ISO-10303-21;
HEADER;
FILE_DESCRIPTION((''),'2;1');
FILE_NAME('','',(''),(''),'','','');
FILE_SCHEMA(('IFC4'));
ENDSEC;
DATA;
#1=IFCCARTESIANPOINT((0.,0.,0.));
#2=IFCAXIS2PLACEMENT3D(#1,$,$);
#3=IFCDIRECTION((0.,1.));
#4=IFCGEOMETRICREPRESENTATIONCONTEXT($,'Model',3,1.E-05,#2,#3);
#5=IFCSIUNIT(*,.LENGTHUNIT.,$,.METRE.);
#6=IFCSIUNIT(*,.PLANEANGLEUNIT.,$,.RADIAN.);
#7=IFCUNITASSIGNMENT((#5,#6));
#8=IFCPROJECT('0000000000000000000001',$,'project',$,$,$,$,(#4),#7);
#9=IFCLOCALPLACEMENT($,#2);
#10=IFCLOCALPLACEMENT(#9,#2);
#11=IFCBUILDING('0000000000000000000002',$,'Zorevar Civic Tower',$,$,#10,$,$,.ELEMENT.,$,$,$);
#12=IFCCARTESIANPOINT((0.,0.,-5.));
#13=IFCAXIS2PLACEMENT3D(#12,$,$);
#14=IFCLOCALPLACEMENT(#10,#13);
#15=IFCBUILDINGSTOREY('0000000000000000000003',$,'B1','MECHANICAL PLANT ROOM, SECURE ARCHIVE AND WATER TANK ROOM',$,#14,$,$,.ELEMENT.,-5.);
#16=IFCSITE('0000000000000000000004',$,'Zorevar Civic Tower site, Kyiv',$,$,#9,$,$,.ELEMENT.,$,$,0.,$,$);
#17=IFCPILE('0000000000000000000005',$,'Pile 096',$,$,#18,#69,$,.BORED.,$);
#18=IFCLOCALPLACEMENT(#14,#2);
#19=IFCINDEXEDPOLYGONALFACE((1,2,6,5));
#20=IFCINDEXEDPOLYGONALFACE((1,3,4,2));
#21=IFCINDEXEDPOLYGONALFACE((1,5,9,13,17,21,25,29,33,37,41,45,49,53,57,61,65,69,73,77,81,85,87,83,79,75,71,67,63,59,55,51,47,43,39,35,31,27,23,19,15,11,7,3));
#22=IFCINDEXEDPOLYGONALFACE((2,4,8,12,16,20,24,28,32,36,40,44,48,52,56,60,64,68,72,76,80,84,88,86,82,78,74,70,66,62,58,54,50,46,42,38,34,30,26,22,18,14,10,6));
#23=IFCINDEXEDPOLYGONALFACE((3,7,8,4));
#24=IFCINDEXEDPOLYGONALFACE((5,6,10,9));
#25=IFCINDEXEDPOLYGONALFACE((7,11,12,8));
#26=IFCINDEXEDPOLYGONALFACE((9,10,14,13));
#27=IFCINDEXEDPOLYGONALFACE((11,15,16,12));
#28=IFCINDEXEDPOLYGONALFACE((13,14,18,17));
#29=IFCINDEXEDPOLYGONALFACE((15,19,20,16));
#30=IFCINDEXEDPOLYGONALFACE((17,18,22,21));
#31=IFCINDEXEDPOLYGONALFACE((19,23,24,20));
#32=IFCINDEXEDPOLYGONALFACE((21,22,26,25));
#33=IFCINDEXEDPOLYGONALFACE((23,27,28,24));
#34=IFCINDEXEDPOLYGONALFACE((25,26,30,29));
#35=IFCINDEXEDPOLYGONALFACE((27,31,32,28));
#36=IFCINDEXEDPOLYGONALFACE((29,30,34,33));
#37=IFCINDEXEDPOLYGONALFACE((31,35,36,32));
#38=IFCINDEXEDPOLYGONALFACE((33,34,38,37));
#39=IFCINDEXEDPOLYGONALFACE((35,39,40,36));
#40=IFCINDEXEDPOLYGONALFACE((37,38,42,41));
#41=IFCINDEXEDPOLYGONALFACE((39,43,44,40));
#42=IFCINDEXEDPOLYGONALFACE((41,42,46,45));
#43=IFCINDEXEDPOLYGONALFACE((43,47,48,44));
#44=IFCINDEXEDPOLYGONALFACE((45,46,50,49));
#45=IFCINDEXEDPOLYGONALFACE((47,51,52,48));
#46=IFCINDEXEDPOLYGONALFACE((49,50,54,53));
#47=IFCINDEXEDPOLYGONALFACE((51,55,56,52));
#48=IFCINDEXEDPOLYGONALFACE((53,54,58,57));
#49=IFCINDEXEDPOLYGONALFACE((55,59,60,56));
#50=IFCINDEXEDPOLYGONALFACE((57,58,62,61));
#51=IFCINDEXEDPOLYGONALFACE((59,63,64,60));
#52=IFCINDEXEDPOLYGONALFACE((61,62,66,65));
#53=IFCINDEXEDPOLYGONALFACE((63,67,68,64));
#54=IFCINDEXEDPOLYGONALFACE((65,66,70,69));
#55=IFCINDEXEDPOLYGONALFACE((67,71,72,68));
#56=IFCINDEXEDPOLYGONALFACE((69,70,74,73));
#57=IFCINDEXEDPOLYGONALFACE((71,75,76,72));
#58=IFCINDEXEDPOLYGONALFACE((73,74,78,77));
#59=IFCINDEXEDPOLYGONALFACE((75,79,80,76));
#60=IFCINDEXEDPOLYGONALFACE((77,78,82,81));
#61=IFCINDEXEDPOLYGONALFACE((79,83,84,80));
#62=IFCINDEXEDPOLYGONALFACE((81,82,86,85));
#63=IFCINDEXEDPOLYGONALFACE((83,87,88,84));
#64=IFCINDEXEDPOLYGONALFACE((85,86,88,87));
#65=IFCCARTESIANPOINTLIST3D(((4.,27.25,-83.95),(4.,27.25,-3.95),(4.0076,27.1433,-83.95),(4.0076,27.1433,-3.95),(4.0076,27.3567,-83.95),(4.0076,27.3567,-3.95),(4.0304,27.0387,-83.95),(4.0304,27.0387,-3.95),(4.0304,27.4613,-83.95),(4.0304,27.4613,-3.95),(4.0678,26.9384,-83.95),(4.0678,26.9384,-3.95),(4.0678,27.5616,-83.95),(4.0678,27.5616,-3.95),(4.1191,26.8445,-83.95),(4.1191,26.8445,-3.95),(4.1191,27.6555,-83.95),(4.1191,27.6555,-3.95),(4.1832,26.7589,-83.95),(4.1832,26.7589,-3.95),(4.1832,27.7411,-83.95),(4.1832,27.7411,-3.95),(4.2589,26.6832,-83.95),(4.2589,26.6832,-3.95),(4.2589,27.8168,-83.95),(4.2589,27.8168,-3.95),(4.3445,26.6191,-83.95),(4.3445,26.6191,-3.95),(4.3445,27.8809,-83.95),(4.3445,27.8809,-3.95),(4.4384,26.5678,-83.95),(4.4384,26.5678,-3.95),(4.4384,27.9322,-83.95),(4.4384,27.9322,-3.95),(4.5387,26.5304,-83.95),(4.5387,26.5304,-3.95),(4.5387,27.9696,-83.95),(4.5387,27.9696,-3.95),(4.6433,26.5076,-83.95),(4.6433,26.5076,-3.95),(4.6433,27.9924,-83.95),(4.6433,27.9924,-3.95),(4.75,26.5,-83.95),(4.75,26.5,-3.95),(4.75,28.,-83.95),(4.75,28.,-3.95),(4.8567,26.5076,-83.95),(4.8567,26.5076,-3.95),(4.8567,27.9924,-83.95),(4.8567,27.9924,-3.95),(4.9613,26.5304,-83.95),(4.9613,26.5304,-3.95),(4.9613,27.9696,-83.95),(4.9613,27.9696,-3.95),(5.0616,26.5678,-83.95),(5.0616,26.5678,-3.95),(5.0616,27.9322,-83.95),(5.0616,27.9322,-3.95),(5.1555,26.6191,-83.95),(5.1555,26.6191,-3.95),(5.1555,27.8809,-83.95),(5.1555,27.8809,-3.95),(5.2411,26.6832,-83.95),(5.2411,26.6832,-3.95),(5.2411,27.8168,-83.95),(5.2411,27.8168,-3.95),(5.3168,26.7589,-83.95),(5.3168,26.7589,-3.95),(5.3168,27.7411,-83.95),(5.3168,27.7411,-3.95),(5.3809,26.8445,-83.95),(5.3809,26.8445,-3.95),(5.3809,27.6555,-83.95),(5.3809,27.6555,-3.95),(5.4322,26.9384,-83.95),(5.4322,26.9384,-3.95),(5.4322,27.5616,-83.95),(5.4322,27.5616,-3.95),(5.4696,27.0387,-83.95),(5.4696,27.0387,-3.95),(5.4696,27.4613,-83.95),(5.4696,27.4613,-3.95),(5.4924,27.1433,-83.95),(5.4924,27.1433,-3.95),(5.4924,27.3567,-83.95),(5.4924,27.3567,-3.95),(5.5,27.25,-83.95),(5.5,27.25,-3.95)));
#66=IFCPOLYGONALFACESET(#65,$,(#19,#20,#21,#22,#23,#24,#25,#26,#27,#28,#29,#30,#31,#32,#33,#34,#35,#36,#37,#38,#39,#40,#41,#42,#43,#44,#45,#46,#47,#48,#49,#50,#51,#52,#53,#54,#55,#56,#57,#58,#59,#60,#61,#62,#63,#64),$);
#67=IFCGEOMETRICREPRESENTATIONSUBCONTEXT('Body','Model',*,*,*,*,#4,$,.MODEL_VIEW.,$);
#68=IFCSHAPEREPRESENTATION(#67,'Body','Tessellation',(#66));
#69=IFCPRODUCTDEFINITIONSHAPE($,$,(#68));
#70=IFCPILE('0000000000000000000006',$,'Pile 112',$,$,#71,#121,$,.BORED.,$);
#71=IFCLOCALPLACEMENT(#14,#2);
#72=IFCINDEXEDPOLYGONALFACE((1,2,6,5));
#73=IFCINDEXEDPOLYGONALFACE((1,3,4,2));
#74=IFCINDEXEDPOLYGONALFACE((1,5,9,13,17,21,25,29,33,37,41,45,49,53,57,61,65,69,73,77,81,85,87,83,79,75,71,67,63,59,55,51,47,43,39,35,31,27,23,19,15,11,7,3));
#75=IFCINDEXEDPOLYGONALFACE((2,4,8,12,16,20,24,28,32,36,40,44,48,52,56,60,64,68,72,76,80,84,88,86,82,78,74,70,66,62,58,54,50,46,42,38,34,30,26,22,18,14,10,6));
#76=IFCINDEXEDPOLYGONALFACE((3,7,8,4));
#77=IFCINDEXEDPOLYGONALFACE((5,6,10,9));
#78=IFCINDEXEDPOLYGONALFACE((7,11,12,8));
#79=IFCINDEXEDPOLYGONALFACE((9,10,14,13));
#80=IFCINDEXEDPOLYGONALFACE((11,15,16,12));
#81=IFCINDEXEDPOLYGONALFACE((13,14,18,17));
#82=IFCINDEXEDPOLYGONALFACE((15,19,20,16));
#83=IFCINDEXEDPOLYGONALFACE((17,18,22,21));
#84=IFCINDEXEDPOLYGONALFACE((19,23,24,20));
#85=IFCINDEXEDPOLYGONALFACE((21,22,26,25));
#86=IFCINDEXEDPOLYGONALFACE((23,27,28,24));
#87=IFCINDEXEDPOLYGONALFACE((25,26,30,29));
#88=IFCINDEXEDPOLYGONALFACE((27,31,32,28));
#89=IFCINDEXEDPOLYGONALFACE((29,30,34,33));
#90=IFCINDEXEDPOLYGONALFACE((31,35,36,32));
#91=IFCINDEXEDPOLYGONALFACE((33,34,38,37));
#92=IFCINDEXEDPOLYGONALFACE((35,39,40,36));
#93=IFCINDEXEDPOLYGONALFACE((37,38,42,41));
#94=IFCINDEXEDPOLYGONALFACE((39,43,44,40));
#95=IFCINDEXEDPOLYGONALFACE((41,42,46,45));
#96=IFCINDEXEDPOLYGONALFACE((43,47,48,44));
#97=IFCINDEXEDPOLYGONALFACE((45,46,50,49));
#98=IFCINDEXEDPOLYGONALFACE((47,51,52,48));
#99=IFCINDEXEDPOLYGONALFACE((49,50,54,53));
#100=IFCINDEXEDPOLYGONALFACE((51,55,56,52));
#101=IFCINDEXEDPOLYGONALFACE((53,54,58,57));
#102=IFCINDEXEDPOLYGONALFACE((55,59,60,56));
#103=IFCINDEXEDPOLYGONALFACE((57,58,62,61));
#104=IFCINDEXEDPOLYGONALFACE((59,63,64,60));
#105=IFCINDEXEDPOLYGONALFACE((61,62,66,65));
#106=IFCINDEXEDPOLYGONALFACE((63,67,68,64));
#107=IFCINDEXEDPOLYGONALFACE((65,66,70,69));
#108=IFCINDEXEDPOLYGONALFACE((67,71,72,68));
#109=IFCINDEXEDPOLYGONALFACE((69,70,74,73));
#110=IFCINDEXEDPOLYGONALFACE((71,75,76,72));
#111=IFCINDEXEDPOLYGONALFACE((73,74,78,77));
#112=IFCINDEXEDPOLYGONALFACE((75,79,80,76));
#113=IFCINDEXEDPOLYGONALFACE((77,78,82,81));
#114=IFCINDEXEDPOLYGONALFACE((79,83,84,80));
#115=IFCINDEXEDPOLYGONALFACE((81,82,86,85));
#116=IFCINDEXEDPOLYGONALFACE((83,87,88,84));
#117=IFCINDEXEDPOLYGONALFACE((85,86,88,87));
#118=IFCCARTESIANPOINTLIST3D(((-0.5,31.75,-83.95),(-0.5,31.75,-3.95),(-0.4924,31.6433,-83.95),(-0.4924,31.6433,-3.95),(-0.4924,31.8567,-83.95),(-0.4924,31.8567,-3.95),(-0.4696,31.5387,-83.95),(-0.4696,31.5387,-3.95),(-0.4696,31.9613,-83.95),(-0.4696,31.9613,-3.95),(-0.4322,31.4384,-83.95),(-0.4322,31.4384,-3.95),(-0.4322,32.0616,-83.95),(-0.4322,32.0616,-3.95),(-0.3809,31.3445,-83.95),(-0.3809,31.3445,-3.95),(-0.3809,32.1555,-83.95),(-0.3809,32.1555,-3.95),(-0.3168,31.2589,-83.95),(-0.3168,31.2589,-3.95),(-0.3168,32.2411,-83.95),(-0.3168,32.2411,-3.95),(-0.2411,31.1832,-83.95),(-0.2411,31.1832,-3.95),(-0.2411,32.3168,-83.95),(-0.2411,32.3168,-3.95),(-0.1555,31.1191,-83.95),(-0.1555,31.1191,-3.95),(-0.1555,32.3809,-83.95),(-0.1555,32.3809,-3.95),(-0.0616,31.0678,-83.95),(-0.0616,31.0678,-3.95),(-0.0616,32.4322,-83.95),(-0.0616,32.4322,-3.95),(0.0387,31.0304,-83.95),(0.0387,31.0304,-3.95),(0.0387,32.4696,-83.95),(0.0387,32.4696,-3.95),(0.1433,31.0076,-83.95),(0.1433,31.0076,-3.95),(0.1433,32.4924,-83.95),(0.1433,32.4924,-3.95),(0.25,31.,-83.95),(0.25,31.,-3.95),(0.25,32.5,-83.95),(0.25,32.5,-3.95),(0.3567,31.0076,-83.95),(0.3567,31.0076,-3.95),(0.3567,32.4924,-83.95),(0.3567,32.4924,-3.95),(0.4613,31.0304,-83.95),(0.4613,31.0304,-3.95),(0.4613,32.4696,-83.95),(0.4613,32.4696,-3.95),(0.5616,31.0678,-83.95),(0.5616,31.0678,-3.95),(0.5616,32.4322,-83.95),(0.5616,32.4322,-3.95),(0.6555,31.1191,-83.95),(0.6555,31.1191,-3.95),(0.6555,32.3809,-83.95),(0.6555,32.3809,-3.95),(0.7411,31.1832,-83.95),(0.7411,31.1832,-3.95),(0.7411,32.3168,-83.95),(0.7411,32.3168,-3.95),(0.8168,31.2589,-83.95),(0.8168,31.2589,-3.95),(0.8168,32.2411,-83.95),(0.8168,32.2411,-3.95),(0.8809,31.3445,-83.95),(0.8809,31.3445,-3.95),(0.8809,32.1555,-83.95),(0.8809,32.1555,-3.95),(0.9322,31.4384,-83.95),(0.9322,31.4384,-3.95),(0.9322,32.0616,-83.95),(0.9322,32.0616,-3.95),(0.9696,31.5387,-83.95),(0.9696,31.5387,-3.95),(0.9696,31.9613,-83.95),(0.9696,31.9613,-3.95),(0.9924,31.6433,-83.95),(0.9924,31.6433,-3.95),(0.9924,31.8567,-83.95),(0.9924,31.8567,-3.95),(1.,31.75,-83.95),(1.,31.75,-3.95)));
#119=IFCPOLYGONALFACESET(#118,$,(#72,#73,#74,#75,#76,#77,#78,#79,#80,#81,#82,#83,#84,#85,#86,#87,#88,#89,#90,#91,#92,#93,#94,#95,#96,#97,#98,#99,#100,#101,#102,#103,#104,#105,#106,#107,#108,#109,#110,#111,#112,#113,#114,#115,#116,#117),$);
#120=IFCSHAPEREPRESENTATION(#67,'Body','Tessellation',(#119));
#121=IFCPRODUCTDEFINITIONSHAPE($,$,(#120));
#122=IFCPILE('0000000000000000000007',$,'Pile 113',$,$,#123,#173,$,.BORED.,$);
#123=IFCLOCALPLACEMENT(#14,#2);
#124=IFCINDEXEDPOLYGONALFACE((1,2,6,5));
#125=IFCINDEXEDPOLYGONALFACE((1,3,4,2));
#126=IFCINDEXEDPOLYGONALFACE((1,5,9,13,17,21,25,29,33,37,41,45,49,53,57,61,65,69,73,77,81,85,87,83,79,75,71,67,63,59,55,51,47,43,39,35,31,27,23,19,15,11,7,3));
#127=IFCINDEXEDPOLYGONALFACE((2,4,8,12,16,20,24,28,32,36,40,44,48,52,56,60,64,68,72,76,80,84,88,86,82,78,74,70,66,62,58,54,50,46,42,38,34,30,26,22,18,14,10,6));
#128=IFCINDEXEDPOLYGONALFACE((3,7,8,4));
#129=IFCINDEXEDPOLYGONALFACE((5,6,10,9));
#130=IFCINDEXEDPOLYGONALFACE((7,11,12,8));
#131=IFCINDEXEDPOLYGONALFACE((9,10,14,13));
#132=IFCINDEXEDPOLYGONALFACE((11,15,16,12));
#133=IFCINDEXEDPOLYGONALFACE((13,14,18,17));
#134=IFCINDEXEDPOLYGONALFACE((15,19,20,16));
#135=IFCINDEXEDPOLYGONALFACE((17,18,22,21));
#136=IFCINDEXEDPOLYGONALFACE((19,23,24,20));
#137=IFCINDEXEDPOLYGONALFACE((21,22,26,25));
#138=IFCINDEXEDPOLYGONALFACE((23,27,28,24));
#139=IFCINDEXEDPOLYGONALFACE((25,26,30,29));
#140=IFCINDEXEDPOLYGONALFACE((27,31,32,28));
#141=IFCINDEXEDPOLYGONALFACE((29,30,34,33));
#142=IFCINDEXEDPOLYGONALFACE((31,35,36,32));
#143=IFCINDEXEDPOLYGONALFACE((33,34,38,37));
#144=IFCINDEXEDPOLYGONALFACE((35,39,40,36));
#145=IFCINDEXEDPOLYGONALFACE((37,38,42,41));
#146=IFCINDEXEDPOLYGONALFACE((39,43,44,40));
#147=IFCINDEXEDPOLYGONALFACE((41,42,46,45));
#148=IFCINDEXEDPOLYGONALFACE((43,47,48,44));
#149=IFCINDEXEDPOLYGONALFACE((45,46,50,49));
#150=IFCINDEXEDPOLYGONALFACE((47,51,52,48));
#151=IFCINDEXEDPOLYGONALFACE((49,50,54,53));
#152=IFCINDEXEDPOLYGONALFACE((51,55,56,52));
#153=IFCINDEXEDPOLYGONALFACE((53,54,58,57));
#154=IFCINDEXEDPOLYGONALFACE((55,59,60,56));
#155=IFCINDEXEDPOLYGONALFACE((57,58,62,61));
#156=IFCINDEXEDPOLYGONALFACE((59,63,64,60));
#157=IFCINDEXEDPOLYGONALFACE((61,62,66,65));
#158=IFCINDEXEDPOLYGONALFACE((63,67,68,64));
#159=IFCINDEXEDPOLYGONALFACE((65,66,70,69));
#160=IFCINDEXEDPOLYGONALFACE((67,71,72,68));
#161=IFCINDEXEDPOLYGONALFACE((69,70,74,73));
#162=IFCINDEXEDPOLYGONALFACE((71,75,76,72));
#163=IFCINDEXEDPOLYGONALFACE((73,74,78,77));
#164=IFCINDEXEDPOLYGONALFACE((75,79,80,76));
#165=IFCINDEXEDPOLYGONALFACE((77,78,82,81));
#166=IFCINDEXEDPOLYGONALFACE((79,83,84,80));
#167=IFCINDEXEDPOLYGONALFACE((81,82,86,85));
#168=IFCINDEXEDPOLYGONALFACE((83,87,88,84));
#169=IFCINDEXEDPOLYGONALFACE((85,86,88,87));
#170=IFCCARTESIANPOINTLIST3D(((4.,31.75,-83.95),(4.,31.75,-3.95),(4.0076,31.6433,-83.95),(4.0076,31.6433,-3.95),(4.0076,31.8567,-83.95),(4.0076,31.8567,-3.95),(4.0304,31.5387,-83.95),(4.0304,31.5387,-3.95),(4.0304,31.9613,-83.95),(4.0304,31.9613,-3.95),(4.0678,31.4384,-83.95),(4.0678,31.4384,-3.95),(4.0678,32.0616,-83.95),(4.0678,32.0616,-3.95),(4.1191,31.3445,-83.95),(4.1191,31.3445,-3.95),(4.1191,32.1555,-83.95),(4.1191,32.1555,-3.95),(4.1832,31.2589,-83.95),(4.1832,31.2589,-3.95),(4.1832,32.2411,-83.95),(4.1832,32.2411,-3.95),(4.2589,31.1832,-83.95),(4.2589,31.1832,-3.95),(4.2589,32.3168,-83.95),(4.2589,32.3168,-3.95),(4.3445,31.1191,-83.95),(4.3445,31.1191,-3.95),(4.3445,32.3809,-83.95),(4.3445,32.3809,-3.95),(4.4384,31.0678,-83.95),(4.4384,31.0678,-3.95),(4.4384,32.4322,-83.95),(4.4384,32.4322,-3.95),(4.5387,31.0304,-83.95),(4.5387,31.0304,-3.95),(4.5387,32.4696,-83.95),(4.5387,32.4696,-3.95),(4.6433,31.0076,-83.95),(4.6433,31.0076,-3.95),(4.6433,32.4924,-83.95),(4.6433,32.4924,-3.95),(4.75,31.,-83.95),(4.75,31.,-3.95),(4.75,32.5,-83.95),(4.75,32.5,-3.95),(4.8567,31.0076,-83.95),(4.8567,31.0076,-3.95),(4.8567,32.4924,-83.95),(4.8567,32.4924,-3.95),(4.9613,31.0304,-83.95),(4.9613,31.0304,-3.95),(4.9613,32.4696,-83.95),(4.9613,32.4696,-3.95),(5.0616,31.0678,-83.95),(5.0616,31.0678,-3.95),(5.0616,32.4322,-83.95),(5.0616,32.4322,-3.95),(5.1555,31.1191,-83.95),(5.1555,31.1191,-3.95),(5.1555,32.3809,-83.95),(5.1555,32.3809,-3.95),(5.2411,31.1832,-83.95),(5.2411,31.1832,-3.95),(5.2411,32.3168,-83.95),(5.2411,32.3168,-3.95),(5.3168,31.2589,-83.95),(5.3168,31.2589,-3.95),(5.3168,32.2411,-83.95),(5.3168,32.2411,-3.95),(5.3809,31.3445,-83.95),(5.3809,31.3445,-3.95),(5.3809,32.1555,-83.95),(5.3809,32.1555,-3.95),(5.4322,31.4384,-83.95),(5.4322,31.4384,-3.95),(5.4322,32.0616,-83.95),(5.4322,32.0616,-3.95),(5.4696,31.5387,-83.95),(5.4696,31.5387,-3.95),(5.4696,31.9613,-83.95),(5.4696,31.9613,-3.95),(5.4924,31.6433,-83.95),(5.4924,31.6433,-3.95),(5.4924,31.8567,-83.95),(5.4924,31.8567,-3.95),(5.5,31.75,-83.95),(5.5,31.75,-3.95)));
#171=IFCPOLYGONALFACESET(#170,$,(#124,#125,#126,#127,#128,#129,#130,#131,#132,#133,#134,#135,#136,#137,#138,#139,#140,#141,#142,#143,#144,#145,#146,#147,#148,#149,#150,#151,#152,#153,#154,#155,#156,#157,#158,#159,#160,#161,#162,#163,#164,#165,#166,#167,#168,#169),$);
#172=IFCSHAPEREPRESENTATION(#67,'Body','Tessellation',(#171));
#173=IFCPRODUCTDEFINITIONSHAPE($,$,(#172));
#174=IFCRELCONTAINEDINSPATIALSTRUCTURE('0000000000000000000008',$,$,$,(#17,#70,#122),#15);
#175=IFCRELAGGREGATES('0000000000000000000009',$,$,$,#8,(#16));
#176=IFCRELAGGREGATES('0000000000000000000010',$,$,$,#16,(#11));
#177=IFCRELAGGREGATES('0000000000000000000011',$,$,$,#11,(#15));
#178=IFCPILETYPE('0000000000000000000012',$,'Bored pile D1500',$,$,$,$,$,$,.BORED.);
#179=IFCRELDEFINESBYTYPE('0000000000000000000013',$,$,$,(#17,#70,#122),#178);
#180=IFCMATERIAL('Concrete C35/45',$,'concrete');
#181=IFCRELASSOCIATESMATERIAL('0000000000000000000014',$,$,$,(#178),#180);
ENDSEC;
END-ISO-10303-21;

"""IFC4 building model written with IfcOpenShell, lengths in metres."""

from ifc_helpers import new_model, si_unit, direction, frame, origin, origin_2d, place, context, subcontext, project, spatial, circle, extrude, material, type_object, element, save


model = new_model("IFC4")

# Units and contexts
model_context = context("Model", 3, precision=1e-05, world=origin(), true_north=direction((0.0, 1.0)))
body_context = subcontext(model_context, "Body", "Model", "MODEL_VIEW")
ifc_project = project(units=[si_unit("LENGTHUNIT", "METRE"), si_unit("PLANEANGLEUNIT", "RADIAN")], contexts=[model_context])

# Site, building, storey
site_placement = place(None, origin())
site = spatial("IfcSite", under=ifc_project, at=site_placement, Name="Zorevar Civic Tower site, Kyiv", CompositionType="ELEMENT", RefElevation=0.0)
building_placement = place(site_placement, origin())
building = spatial("IfcBuilding", under=site, at=building_placement, Name="Zorevar Civic Tower", CompositionType="ELEMENT")
storey_placement = place(building_placement, frame((0.0, 0.0, -5.0)))
storey = spatial("IfcBuildingStorey", under=building, at=storey_placement, Name="B1", Description="MECHANICAL PLANT ROOM, SECURE ARCHIVE AND WATER TANK ROOM", CompositionType="ELEMENT", Elevation=-5.0)

# Piles
ifc_material_1 = material(Name="Concrete C35/45", Category="concrete")
pile_type_1 = type_object("IfcPileType", Name="Bored pile D1500", PredefinedType="BORED", material=ifc_material_1)
for number, where, z_axis, x_axis, name in (
    (1, (4.75, 27.25, -3.95), (0.0, 0.0, -1.0), (1.0, 0.0, 0.0), "Pile 096"),
    (2, (0.25, 31.75, -3.95), (0.0, 0.0, -1.0), (1.0, 0.0, 0.0), "Pile 112"),
    (3, (4.75, 31.75, -3.95), (0.0, 0.0, -1.0), (1.0, 0.0, 0.0), "Pile 113"),
):
    element("IfcPile", number, at=place(storey_placement, frame(where, z_axis=z_axis, x_axis=x_axis)), inside=storey, type_object=pile_type_1, Name=name, PredefinedType="BORED", context=body_context, shape_type="SweptSolid", body=[
        extrude(circle(Radius=0.75, at=origin_2d()), origin(), (0.0, 0.0, 1.0), 80.0),
    ])

save(model, "model.ifc")
